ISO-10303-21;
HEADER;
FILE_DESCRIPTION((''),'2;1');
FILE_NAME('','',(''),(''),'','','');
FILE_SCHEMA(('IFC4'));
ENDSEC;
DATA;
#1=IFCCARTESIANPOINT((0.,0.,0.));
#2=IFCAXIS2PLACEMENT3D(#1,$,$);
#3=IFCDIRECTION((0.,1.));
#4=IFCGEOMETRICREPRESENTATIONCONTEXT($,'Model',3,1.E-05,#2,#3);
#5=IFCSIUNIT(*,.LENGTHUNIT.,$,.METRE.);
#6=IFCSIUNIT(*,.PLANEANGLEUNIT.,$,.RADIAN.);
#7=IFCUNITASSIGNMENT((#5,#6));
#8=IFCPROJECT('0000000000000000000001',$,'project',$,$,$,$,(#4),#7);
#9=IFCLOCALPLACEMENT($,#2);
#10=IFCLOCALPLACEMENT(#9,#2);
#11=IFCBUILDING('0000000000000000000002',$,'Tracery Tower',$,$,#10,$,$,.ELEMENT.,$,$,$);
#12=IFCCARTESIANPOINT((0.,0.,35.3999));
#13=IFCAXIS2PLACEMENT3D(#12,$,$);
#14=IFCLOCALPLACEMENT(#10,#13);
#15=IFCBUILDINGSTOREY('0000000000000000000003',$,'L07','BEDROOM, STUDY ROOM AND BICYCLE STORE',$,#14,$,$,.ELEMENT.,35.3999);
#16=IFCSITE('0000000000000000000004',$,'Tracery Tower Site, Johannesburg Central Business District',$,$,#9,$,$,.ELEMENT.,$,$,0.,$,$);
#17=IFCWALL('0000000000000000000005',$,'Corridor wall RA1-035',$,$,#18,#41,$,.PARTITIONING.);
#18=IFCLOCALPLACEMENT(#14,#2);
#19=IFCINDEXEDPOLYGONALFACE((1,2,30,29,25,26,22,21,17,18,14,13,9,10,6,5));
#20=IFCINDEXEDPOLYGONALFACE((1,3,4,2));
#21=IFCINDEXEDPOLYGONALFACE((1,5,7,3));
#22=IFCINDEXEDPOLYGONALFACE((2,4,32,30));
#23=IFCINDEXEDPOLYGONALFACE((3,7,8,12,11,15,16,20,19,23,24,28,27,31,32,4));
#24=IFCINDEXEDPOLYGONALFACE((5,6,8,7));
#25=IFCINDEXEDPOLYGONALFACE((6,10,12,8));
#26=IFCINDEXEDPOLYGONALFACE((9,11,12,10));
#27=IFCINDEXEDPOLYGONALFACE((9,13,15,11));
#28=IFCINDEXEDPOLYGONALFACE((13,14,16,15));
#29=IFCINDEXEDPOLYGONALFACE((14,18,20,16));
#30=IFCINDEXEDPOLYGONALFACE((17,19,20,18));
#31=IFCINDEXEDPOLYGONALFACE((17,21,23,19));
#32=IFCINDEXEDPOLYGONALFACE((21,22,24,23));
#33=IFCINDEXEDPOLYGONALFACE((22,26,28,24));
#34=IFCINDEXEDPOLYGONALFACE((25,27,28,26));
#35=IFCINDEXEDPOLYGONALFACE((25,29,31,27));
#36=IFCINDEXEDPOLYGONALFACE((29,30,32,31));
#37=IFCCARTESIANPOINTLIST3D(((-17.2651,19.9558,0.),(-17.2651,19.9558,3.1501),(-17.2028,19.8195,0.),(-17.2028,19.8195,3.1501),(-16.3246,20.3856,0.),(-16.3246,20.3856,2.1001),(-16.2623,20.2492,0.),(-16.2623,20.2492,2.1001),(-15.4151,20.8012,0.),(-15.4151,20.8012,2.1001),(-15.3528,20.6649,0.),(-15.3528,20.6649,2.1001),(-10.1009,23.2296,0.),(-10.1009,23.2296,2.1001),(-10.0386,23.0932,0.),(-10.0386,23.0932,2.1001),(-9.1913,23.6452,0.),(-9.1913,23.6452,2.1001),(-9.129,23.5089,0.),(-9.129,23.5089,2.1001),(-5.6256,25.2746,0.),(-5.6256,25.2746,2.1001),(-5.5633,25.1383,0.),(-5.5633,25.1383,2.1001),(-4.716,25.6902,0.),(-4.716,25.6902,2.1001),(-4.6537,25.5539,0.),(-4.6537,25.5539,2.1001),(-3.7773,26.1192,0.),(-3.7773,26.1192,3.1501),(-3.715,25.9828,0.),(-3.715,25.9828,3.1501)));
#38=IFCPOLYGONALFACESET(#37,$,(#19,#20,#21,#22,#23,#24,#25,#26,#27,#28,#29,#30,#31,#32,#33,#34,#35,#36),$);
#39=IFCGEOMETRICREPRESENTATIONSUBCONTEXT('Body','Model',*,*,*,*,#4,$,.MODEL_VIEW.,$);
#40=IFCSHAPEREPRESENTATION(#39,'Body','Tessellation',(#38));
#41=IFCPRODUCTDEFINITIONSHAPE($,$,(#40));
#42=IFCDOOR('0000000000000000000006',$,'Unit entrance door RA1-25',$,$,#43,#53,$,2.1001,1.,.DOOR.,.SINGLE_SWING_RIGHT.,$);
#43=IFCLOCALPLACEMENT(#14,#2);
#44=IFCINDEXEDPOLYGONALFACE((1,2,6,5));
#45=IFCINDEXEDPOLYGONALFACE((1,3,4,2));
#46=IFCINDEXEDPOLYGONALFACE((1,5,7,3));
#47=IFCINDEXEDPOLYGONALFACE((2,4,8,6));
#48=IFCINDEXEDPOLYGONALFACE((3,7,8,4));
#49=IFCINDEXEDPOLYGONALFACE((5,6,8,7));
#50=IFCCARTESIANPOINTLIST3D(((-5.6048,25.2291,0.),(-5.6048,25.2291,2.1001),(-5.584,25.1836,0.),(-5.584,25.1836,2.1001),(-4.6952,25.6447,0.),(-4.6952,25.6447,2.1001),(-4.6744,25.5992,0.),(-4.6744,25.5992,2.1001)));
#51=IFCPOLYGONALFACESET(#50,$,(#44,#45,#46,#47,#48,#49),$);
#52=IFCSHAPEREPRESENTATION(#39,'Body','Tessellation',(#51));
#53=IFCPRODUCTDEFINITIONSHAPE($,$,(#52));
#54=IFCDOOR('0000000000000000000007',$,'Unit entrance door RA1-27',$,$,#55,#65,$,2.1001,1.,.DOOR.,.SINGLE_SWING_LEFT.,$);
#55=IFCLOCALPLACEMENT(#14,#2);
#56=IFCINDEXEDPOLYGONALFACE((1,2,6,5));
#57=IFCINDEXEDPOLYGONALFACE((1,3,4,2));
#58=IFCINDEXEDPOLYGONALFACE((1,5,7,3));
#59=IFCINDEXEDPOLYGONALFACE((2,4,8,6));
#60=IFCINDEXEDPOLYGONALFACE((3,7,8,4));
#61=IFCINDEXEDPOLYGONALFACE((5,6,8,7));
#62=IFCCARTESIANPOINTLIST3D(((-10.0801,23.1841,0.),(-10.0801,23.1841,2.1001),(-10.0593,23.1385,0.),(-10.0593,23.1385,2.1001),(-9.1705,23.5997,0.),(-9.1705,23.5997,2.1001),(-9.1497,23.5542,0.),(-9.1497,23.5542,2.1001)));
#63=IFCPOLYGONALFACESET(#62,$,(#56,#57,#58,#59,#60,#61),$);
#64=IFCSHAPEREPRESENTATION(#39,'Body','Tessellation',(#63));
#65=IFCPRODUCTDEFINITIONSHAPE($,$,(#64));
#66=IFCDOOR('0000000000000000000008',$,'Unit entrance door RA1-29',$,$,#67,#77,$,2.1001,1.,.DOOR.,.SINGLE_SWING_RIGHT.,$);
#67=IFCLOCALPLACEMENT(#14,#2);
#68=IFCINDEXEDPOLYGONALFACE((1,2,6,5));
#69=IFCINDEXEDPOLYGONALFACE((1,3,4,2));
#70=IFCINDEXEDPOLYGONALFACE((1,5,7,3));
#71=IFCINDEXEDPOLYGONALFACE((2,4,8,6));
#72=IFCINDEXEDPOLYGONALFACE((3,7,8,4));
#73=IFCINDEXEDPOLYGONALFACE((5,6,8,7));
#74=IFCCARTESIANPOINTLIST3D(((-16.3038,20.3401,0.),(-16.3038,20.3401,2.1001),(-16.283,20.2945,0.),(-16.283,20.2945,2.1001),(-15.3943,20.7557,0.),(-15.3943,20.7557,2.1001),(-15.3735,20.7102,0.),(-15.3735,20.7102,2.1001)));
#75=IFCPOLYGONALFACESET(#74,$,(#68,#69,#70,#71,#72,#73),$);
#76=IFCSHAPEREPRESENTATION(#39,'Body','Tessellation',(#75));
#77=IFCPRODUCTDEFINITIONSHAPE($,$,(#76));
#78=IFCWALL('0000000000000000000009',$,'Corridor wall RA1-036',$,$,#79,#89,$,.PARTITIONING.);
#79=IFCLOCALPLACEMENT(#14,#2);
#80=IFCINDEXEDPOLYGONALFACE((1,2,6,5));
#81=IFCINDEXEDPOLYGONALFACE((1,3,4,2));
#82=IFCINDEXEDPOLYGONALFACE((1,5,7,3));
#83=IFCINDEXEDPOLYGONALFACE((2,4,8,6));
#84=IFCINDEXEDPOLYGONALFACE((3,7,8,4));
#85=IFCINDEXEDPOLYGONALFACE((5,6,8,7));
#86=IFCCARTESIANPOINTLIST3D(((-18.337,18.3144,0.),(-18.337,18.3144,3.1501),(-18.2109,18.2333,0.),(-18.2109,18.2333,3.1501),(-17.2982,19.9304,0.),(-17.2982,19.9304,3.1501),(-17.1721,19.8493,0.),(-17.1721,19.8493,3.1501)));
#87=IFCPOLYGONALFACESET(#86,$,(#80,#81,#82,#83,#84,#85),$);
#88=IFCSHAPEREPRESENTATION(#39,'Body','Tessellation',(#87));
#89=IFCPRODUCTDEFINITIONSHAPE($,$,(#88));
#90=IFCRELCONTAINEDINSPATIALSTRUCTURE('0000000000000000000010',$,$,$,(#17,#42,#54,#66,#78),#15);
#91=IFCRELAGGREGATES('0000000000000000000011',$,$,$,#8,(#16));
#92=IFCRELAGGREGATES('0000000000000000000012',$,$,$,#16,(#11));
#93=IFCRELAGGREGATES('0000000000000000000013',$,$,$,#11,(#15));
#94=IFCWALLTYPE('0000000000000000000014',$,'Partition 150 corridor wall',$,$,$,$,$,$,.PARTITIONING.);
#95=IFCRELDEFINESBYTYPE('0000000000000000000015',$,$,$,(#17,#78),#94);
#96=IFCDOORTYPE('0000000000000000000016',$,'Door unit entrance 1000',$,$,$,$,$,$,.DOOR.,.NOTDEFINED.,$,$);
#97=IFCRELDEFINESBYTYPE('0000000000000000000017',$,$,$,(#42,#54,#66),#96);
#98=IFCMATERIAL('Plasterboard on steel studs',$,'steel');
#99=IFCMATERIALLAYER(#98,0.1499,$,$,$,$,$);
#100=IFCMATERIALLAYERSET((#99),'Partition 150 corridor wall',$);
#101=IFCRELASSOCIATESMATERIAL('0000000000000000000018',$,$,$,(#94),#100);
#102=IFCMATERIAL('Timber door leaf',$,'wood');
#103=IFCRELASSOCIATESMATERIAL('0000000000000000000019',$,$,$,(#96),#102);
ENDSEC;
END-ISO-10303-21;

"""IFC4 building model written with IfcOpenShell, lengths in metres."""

from ifc_helpers import new_model, si_unit, direction, frame, frame_2d, origin, place, context, subcontext, project, spatial, rectangle, extrude, material, layer, layer_set, type_object, element, fill, save


model = new_model("IFC4")

# Units and contexts
model_context = context("Model", 3, precision=1e-05, world=origin(), true_north=direction((0.0, 1.0)))
body_context = subcontext(model_context, "Body", "Model", "MODEL_VIEW")
ifc_project = project(units=[si_unit("LENGTHUNIT", "METRE"), si_unit("PLANEANGLEUNIT", "RADIAN")], contexts=[model_context])

# Site, building, storey
site_placement = place(None, origin())
site = spatial("IfcSite", under=ifc_project, at=site_placement, Name="Tracery Tower Site, Johannesburg Central Business District", CompositionType="ELEMENT", RefElevation=0.0)
building_placement = place(site_placement, origin())
building = spatial("IfcBuilding", under=site, at=building_placement, Name="Tracery Tower", CompositionType="ELEMENT")
storey_placement = place(building_placement, frame((0.0, 0.0, 35.3999)))
storey = spatial("IfcBuildingStorey", under=building, at=storey_placement, Name="L07", Description="BEDROOM, STUDY ROOM AND BICYCLE STORE", CompositionType="ELEMENT", Elevation=35.3999)

# Wall, openings, doors
ifc_material_1 = material(Name="Plasterboard on steel studs", Category="steel")
ifc_layer_1 = layer(ifc_material_1, 0.1499)
ifc_layer_set_1 = layer_set([ifc_layer_1], Name="Partition 150 corridor wall")
wall_type_1 = type_object("IfcWallType", Name="Partition 150 corridor wall", PredefinedType="PARTITIONING", material=ifc_layer_set_1)
wall_1_placement = place(storey_placement, frame((-17.2339, 19.8877, 0.0), z_axis=(0.0, 0.0, 1.0), x_axis=(0.909539, 0.415619, 0.0)))
wall_1 = element("IfcWall", 1, at=wall_1_placement, inside=storey, type_object=wall_type_1, Name="Corridor wall RA1-035", PredefinedType="PARTITIONING", context=body_context, shape_type="SweptSolid", body=[
    extrude(rectangle(XDim=14.8293, YDim=0.1499, at=frame_2d((7.4146, 0.0))), origin(), (0.0, 0.0, 1.0), 3.1501),
])
opening_1_placement = place(wall_1_placement, frame((12.7971, 0.0, 0.0)))
opening_1 = element("IfcOpeningElement", 2, at=opening_1_placement, cuts=wall_1, PredefinedType="OPENING", context=body_context, shape_type="SweptSolid", body=[
    extrude(rectangle(XDim=1.0, YDim=2.1001, at=frame_2d((0.5, 1.05))), frame((0.0, 0.075, 0.0), z_axis=(0.0, -1.0, 0.0), x_axis=(1.0, 0.0, 0.0)), (0.0, 0.0, 1.0), 0.1499),
])
opening_2_placement = place(wall_1_placement, frame((7.8767, 0.0, 0.0)))
opening_2 = element("IfcOpeningElement", 3, at=opening_2_placement, cuts=wall_1, PredefinedType="OPENING", context=body_context, shape_type="SweptSolid", body=[
    extrude(rectangle(XDim=1.0, YDim=2.1001, at=frame_2d((0.5, 1.05))), frame((0.0, 0.075, 0.0), z_axis=(0.0, -1.0, 0.0), x_axis=(1.0, 0.0, 0.0)), (0.0, 0.0, 1.0), 0.1499),
])
opening_3_placement = place(wall_1_placement, frame((1.0339, 0.0, 0.0)))
opening_3 = element("IfcOpeningElement", 4, at=opening_3_placement, cuts=wall_1, PredefinedType="OPENING", context=body_context, shape_type="SweptSolid", body=[
    extrude(rectangle(XDim=1.0, YDim=2.1001, at=frame_2d((0.5, 1.05))), frame((0.0, 0.075, 0.0), z_axis=(0.0, -1.0, 0.0), x_axis=(1.0, 0.0, 0.0)), (0.0, 0.0, 1.0), 0.1499),
])
ifc_material_2 = material(Name="Timber door leaf", Category="wood")
door_type_1 = type_object("IfcDoorType", Name="Door unit entrance 1000", OperationType="NOTDEFINED", PredefinedType="DOOR", material=ifc_material_2)
door_1_placement = place(opening_1_placement, origin())
door_1 = element("IfcDoor", 5, at=door_1_placement, inside=storey, type_object=door_type_1, Name="Unit entrance door RA1-25", OperationType="SINGLE_SWING_RIGHT", OverallHeight=2.1001, OverallWidth=1.0, PredefinedType="DOOR", context=body_context, shape_type="SweptSolid", body=[
    extrude(rectangle(XDim=1.0, YDim=2.1001, at=frame_2d((0.5, 1.05))), frame((0.0, 0.0249, 0.0), z_axis=(0.0, -1.0, 0.0), x_axis=(1.0, 0.0, 0.0)), (0.0, 0.0, 1.0), 0.05),
])
fill(opening_1, door_1)
door_2_placement = place(opening_2_placement, origin())
door_2 = element("IfcDoor", 6, at=door_2_placement, inside=storey, type_object=door_type_1, Name="Unit entrance door RA1-27", OperationType="SINGLE_SWING_LEFT", OverallHeight=2.1001, OverallWidth=1.0, PredefinedType="DOOR", context=body_context, shape_type="SweptSolid", body=[
    extrude(rectangle(XDim=1.0, YDim=2.1001, at=frame_2d((0.5, 1.05))), frame((0.0, 0.0249, 0.0), z_axis=(0.0, -1.0, 0.0), x_axis=(1.0, 0.0, 0.0)), (0.0, 0.0, 1.0), 0.05),
])
fill(opening_2, door_2)
door_3_placement = place(opening_3_placement, origin())
door_3 = element("IfcDoor", 7, at=door_3_placement, inside=storey, type_object=door_type_1, Name="Unit entrance door RA1-29", OperationType="SINGLE_SWING_RIGHT", OverallHeight=2.1001, OverallWidth=1.0, PredefinedType="DOOR", context=body_context, shape_type="SweptSolid", body=[
    extrude(rectangle(XDim=1.0, YDim=2.1001, at=frame_2d((0.5, 1.05))), frame((0.0, 0.0249, 0.0), z_axis=(0.0, -1.0, 0.0), x_axis=(1.0, 0.0, 0.0)), (0.0, 0.0, 1.0), 0.05),
])
fill(opening_3, door_3)

# Wall
wall_2_placement = place(storey_placement, frame((-18.2739, 18.2739, 0.0), z_axis=(0.0, 0.0, 1.0), x_axis=(0.540751, 0.841183, 0.0)))
element("IfcWall", 8, at=wall_2_placement, inside=storey, type_object=wall_type_1, Name="Corridor wall RA1-036", PredefinedType="PARTITIONING", context=body_context, shape_type="SweptSolid", body=[
    extrude(rectangle(XDim=1.9211, YDim=0.1499, at=frame_2d((0.9604, 0.0))), origin(), (0.0, 0.0, 1.0), 3.1501),
])

save(model, "model.ifc")
